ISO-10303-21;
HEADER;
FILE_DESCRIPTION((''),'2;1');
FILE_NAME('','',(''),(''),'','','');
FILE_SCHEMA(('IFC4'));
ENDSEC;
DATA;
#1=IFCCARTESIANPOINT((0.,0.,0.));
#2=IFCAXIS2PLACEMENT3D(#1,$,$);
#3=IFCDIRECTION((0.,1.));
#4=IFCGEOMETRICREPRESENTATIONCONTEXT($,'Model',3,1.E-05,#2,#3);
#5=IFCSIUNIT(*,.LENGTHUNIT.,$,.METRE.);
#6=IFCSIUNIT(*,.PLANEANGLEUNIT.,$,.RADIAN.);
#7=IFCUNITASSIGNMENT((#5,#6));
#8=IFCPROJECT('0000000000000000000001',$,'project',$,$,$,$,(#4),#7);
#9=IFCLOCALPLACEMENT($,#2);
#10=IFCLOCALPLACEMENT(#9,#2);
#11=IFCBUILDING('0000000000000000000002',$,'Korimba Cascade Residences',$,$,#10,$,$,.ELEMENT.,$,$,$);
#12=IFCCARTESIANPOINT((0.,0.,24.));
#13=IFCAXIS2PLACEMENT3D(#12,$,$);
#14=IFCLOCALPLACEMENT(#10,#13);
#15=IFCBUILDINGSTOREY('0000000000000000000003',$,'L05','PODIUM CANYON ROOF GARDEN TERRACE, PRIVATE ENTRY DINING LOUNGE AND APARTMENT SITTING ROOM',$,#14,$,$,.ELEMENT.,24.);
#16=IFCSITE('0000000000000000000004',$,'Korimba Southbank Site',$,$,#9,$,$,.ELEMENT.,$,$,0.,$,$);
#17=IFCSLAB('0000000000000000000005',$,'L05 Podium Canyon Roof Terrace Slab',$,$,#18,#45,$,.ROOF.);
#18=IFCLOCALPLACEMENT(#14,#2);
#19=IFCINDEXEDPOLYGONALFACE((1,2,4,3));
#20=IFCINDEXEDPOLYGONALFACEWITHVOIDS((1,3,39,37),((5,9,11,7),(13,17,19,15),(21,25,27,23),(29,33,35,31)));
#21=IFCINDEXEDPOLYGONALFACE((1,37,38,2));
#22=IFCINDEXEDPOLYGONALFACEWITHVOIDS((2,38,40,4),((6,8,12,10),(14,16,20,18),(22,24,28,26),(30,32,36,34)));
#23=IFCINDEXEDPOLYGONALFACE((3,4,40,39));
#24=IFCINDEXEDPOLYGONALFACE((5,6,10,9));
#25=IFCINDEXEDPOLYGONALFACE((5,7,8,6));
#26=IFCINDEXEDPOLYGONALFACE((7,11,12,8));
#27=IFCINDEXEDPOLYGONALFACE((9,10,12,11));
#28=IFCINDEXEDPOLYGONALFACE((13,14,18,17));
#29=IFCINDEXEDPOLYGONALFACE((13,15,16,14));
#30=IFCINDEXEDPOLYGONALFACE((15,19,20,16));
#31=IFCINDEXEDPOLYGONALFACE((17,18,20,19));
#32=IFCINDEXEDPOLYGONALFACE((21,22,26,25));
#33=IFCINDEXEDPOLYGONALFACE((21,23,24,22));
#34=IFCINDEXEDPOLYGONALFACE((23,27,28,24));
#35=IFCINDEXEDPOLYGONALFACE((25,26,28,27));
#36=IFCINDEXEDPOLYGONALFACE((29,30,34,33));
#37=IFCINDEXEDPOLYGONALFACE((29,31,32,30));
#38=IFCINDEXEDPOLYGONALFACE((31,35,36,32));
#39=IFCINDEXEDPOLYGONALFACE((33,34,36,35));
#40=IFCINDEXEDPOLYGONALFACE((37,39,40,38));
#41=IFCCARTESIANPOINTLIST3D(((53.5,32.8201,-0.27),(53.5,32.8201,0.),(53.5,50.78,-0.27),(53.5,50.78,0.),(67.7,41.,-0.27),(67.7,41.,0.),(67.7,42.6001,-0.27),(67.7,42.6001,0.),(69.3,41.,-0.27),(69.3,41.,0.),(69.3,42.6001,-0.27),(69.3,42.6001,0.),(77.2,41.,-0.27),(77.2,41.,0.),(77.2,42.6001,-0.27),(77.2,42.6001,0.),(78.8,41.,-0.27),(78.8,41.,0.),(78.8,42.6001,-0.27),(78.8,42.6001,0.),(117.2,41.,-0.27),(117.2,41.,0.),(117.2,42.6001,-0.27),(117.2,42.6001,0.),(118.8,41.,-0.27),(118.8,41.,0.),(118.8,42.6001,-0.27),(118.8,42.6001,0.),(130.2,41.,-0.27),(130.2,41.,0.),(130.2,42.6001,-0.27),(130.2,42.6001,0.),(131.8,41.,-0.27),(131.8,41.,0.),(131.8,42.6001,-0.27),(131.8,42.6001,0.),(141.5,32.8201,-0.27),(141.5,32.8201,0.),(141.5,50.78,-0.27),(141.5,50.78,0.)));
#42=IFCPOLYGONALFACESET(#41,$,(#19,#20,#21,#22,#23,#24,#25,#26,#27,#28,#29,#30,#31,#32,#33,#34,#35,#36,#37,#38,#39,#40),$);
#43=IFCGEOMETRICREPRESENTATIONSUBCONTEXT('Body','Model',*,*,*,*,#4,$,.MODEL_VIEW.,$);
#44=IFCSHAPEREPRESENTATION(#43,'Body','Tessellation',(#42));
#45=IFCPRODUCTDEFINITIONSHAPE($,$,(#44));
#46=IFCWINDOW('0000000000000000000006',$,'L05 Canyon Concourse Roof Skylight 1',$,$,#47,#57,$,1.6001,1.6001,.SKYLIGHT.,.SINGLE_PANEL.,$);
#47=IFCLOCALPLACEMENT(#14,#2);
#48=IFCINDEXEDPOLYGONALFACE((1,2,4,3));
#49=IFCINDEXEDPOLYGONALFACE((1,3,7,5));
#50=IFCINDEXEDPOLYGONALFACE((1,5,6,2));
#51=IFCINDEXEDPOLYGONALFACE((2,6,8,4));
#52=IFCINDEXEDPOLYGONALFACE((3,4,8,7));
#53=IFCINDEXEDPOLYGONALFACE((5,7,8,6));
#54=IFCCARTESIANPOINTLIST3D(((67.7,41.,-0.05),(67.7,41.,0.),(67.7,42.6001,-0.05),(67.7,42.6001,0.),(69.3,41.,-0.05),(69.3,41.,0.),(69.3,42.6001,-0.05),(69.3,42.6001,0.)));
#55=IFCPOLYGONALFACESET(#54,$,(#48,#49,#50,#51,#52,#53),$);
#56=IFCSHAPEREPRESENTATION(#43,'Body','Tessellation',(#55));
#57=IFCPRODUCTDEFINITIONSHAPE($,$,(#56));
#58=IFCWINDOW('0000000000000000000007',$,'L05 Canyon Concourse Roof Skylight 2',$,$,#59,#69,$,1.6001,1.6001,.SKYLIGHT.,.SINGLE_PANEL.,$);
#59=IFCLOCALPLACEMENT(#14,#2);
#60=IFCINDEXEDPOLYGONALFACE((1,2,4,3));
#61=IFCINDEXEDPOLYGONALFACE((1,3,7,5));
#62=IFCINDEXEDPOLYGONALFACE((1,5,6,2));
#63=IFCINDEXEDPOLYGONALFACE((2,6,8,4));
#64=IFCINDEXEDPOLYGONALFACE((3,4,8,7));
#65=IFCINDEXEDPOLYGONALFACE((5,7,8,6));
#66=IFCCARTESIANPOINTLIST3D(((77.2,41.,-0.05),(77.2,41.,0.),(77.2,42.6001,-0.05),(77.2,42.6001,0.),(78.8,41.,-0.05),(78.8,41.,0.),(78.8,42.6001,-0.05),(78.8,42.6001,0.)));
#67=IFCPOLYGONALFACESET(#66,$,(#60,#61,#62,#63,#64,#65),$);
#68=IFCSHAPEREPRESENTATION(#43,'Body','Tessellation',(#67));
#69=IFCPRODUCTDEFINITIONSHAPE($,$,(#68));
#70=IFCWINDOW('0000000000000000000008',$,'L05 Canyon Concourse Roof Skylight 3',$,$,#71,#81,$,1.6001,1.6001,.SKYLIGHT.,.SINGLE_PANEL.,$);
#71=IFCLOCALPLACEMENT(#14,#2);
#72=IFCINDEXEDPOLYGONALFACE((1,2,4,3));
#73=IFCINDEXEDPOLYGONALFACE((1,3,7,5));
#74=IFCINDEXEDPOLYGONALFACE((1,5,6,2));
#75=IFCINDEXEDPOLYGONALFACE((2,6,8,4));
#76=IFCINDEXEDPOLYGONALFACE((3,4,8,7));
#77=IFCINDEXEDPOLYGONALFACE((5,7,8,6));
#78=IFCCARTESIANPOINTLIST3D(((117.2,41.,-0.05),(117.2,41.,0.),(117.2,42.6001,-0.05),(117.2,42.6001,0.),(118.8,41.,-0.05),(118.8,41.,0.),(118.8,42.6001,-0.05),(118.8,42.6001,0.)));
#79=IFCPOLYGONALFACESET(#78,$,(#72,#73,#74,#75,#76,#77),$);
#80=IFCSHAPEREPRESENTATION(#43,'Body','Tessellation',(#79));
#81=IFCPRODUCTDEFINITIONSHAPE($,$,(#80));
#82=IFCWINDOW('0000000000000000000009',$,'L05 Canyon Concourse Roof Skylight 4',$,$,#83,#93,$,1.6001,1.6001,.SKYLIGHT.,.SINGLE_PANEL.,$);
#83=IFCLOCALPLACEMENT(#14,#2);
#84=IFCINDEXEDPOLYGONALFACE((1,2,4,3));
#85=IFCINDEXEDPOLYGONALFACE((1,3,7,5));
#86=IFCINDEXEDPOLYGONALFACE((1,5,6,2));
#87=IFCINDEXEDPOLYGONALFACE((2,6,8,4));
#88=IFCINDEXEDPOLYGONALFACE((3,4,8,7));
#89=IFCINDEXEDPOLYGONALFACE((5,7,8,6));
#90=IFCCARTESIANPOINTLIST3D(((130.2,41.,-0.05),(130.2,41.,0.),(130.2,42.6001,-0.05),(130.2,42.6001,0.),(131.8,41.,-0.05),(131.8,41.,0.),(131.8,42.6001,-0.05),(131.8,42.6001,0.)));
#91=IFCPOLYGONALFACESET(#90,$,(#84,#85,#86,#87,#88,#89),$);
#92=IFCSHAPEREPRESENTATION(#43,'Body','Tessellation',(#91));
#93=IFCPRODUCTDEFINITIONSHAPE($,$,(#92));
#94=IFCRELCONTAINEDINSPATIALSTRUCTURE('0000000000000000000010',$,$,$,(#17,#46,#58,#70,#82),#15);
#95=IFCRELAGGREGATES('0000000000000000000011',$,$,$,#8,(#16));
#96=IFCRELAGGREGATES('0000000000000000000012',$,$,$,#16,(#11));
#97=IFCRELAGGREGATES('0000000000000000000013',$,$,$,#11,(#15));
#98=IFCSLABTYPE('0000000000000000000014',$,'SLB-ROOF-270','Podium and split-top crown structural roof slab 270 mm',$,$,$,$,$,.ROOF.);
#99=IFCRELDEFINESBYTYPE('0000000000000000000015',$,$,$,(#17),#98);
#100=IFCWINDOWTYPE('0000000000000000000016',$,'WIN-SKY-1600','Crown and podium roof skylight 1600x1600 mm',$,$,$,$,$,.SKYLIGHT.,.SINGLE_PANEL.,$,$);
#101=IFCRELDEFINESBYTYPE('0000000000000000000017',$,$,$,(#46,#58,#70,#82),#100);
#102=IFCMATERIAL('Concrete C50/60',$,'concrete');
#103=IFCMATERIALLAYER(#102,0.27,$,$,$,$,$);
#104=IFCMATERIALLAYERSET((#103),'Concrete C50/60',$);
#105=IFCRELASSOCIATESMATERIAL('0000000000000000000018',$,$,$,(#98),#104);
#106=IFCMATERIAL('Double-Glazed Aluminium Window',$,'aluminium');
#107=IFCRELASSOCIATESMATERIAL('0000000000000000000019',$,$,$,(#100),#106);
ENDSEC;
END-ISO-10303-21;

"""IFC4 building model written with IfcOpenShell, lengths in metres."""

from ifc_helpers import new_model, si_unit, direction, frame, origin, origin_2d, place, context, subcontext, project, spatial, polyline, rectangle, outline, extrude, material, layer, layer_set, type_object, element, fill, save


model = new_model("IFC4")

# Units and contexts
model_context = context("Model", 3, precision=1e-05, world=origin(), true_north=direction((0.0, 1.0)))
body_context = subcontext(model_context, "Body", "Model", "MODEL_VIEW")
ifc_project = project(units=[si_unit("LENGTHUNIT", "METRE"), si_unit("PLANEANGLEUNIT", "RADIAN")], contexts=[model_context])

# Site, building, storey
site_placement = place(None, origin())
site = spatial("IfcSite", under=ifc_project, at=site_placement, Name="Korimba Southbank Site", CompositionType="ELEMENT", RefElevation=0.0)
building_placement = place(site_placement, origin())
building = spatial("IfcBuilding", under=site, at=building_placement, Name="Korimba Cascade Residences", CompositionType="ELEMENT")
storey_placement = place(building_placement, frame((0.0, 0.0, 24.0)))
storey = spatial("IfcBuildingStorey", under=building, at=storey_placement, Name="L05", Description="PODIUM CANYON ROOF GARDEN TERRACE, PRIVATE ENTRY DINING LOUNGE AND APARTMENT SITTING ROOM", CompositionType="ELEMENT", Elevation=24.0)

# Shared definitions
ifc_material_1 = material(Name="Concrete C50/60", Category="concrete")

# Slab, openings, windows
ifc_layer_1 = layer(ifc_material_1, 0.27)
ifc_layer_set_1 = layer_set([ifc_layer_1], Name="Concrete C50/60")
slab_type_1 = type_object("IfcSlabType", Name="SLB-ROOF-270", Description="Podium and split-top crown structural roof slab 270 mm", PredefinedType="ROOF", material=ifc_layer_set_1)
slab_1_placement = place(storey_placement, frame((0.0, 0.0, -0.27)))
slab_1 = element("IfcSlab", 1, at=slab_1_placement, inside=storey, type_object=slab_type_1, Name="L05 Podium Canyon Roof Terrace Slab", PredefinedType="ROOF", context=body_context, shape_type="SweptSolid", body=[
    extrude(outline(polyline([(53.5, 32.8201), (141.5, 32.8201), (141.5, 50.78), (53.5, 50.78), (53.5, 32.8201)])), origin(), (0.0, 0.0, 1.0), 0.27),
])
opening_1_placement = place(slab_1_placement, frame((68.5, 41.8, 0.0)))
opening_1 = element("IfcOpeningElement", 2, at=opening_1_placement, cuts=slab_1, PredefinedType="OPENING", context=body_context, shape_type="SweptSolid", body=[
    extrude(rectangle(XDim=1.6001, YDim=1.6001, at=origin_2d()), frame((0.0, 0.0, -0.01)), (0.0, 0.0, 1.0), 0.29),
])
opening_2_placement = place(slab_1_placement, frame((78.0, 41.8, 0.0)))
opening_2 = element("IfcOpeningElement", 3, at=opening_2_placement, cuts=slab_1, PredefinedType="OPENING", context=body_context, shape_type="SweptSolid", body=[
    extrude(rectangle(XDim=1.6001, YDim=1.6001, at=origin_2d()), frame((0.0, 0.0, -0.01)), (0.0, 0.0, 1.0), 0.29),
])
opening_3_placement = place(slab_1_placement, frame((118.0, 41.8, 0.0)))
opening_3 = element("IfcOpeningElement", 4, at=opening_3_placement, cuts=slab_1, PredefinedType="OPENING", context=body_context, shape_type="SweptSolid", body=[
    extrude(rectangle(XDim=1.6001, YDim=1.6001, at=origin_2d()), frame((0.0, 0.0, -0.01)), (0.0, 0.0, 1.0), 0.29),
])
opening_4_placement = place(slab_1_placement, frame((131.0, 41.8, 0.0)))
opening_4 = element("IfcOpeningElement", 5, at=opening_4_placement, cuts=slab_1, PredefinedType="OPENING", context=body_context, shape_type="SweptSolid", body=[
    extrude(rectangle(XDim=1.6001, YDim=1.6001, at=origin_2d()), frame((0.0, 0.0, -0.01)), (0.0, 0.0, 1.0), 0.29),
])
ifc_material_2 = material(Name="Double-Glazed Aluminium Window", Category="aluminium")
window_type = type_object("IfcWindowType", Name="WIN-SKY-1600", Description="Crown and podium roof skylight 1600x1600 mm", PartitioningType="SINGLE_PANEL", PredefinedType="SKYLIGHT", material=ifc_material_2)
window_1_placement = place(opening_1_placement, frame((0.0, 0.0, 0.22)))
window_1 = element("IfcWindow", 6, at=window_1_placement, inside=storey, type_object=window_type, Name="L05 Canyon Concourse Roof Skylight 1", OverallHeight=1.6001, OverallWidth=1.6001, PartitioningType="SINGLE_PANEL", PredefinedType="SKYLIGHT", context=body_context, shape_type="SweptSolid", body=[
    extrude(rectangle(XDim=1.6001, YDim=1.6001, at=origin_2d()), origin(), (0.0, 0.0, 1.0), 0.05),
])
fill(opening_1, window_1)
window_2_placement = place(opening_2_placement, frame((0.0, 0.0, 0.22)))
window_2 = element("IfcWindow", 7, at=window_2_placement, inside=storey, type_object=window_type, Name="L05 Canyon Concourse Roof Skylight 2", OverallHeight=1.6001, OverallWidth=1.6001, PartitioningType="SINGLE_PANEL", PredefinedType="SKYLIGHT", context=body_context, shape_type="SweptSolid", body=[
    extrude(rectangle(XDim=1.6001, YDim=1.6001, at=origin_2d()), origin(), (0.0, 0.0, 1.0), 0.05),
])
fill(opening_2, window_2)
window_3_placement = place(opening_3_placement, frame((0.0, 0.0, 0.22)))
window_3 = element("IfcWindow", 8, at=window_3_placement, inside=storey, type_object=window_type, Name="L05 Canyon Concourse Roof Skylight 3", OverallHeight=1.6001, OverallWidth=1.6001, PartitioningType="SINGLE_PANEL", PredefinedType="SKYLIGHT", context=body_context, shape_type="SweptSolid", body=[
    extrude(rectangle(XDim=1.6001, YDim=1.6001, at=origin_2d()), origin(), (0.0, 0.0, 1.0), 0.05),
])
fill(opening_3, window_3)
window_4_placement = place(opening_4_placement, frame((0.0, 0.0, 0.22)))
window_4 = element("IfcWindow", 9, at=window_4_placement, inside=storey, type_object=window_type, Name="L05 Canyon Concourse Roof Skylight 4", OverallHeight=1.6001, OverallWidth=1.6001, PartitioningType="SINGLE_PANEL", PredefinedType="SKYLIGHT", context=body_context, shape_type="SweptSolid", body=[
    extrude(rectangle(XDim=1.6001, YDim=1.6001, at=origin_2d()), origin(), (0.0, 0.0, 1.0), 0.05),
])
fill(opening_4, window_4)

save(model, "model.ifc")
